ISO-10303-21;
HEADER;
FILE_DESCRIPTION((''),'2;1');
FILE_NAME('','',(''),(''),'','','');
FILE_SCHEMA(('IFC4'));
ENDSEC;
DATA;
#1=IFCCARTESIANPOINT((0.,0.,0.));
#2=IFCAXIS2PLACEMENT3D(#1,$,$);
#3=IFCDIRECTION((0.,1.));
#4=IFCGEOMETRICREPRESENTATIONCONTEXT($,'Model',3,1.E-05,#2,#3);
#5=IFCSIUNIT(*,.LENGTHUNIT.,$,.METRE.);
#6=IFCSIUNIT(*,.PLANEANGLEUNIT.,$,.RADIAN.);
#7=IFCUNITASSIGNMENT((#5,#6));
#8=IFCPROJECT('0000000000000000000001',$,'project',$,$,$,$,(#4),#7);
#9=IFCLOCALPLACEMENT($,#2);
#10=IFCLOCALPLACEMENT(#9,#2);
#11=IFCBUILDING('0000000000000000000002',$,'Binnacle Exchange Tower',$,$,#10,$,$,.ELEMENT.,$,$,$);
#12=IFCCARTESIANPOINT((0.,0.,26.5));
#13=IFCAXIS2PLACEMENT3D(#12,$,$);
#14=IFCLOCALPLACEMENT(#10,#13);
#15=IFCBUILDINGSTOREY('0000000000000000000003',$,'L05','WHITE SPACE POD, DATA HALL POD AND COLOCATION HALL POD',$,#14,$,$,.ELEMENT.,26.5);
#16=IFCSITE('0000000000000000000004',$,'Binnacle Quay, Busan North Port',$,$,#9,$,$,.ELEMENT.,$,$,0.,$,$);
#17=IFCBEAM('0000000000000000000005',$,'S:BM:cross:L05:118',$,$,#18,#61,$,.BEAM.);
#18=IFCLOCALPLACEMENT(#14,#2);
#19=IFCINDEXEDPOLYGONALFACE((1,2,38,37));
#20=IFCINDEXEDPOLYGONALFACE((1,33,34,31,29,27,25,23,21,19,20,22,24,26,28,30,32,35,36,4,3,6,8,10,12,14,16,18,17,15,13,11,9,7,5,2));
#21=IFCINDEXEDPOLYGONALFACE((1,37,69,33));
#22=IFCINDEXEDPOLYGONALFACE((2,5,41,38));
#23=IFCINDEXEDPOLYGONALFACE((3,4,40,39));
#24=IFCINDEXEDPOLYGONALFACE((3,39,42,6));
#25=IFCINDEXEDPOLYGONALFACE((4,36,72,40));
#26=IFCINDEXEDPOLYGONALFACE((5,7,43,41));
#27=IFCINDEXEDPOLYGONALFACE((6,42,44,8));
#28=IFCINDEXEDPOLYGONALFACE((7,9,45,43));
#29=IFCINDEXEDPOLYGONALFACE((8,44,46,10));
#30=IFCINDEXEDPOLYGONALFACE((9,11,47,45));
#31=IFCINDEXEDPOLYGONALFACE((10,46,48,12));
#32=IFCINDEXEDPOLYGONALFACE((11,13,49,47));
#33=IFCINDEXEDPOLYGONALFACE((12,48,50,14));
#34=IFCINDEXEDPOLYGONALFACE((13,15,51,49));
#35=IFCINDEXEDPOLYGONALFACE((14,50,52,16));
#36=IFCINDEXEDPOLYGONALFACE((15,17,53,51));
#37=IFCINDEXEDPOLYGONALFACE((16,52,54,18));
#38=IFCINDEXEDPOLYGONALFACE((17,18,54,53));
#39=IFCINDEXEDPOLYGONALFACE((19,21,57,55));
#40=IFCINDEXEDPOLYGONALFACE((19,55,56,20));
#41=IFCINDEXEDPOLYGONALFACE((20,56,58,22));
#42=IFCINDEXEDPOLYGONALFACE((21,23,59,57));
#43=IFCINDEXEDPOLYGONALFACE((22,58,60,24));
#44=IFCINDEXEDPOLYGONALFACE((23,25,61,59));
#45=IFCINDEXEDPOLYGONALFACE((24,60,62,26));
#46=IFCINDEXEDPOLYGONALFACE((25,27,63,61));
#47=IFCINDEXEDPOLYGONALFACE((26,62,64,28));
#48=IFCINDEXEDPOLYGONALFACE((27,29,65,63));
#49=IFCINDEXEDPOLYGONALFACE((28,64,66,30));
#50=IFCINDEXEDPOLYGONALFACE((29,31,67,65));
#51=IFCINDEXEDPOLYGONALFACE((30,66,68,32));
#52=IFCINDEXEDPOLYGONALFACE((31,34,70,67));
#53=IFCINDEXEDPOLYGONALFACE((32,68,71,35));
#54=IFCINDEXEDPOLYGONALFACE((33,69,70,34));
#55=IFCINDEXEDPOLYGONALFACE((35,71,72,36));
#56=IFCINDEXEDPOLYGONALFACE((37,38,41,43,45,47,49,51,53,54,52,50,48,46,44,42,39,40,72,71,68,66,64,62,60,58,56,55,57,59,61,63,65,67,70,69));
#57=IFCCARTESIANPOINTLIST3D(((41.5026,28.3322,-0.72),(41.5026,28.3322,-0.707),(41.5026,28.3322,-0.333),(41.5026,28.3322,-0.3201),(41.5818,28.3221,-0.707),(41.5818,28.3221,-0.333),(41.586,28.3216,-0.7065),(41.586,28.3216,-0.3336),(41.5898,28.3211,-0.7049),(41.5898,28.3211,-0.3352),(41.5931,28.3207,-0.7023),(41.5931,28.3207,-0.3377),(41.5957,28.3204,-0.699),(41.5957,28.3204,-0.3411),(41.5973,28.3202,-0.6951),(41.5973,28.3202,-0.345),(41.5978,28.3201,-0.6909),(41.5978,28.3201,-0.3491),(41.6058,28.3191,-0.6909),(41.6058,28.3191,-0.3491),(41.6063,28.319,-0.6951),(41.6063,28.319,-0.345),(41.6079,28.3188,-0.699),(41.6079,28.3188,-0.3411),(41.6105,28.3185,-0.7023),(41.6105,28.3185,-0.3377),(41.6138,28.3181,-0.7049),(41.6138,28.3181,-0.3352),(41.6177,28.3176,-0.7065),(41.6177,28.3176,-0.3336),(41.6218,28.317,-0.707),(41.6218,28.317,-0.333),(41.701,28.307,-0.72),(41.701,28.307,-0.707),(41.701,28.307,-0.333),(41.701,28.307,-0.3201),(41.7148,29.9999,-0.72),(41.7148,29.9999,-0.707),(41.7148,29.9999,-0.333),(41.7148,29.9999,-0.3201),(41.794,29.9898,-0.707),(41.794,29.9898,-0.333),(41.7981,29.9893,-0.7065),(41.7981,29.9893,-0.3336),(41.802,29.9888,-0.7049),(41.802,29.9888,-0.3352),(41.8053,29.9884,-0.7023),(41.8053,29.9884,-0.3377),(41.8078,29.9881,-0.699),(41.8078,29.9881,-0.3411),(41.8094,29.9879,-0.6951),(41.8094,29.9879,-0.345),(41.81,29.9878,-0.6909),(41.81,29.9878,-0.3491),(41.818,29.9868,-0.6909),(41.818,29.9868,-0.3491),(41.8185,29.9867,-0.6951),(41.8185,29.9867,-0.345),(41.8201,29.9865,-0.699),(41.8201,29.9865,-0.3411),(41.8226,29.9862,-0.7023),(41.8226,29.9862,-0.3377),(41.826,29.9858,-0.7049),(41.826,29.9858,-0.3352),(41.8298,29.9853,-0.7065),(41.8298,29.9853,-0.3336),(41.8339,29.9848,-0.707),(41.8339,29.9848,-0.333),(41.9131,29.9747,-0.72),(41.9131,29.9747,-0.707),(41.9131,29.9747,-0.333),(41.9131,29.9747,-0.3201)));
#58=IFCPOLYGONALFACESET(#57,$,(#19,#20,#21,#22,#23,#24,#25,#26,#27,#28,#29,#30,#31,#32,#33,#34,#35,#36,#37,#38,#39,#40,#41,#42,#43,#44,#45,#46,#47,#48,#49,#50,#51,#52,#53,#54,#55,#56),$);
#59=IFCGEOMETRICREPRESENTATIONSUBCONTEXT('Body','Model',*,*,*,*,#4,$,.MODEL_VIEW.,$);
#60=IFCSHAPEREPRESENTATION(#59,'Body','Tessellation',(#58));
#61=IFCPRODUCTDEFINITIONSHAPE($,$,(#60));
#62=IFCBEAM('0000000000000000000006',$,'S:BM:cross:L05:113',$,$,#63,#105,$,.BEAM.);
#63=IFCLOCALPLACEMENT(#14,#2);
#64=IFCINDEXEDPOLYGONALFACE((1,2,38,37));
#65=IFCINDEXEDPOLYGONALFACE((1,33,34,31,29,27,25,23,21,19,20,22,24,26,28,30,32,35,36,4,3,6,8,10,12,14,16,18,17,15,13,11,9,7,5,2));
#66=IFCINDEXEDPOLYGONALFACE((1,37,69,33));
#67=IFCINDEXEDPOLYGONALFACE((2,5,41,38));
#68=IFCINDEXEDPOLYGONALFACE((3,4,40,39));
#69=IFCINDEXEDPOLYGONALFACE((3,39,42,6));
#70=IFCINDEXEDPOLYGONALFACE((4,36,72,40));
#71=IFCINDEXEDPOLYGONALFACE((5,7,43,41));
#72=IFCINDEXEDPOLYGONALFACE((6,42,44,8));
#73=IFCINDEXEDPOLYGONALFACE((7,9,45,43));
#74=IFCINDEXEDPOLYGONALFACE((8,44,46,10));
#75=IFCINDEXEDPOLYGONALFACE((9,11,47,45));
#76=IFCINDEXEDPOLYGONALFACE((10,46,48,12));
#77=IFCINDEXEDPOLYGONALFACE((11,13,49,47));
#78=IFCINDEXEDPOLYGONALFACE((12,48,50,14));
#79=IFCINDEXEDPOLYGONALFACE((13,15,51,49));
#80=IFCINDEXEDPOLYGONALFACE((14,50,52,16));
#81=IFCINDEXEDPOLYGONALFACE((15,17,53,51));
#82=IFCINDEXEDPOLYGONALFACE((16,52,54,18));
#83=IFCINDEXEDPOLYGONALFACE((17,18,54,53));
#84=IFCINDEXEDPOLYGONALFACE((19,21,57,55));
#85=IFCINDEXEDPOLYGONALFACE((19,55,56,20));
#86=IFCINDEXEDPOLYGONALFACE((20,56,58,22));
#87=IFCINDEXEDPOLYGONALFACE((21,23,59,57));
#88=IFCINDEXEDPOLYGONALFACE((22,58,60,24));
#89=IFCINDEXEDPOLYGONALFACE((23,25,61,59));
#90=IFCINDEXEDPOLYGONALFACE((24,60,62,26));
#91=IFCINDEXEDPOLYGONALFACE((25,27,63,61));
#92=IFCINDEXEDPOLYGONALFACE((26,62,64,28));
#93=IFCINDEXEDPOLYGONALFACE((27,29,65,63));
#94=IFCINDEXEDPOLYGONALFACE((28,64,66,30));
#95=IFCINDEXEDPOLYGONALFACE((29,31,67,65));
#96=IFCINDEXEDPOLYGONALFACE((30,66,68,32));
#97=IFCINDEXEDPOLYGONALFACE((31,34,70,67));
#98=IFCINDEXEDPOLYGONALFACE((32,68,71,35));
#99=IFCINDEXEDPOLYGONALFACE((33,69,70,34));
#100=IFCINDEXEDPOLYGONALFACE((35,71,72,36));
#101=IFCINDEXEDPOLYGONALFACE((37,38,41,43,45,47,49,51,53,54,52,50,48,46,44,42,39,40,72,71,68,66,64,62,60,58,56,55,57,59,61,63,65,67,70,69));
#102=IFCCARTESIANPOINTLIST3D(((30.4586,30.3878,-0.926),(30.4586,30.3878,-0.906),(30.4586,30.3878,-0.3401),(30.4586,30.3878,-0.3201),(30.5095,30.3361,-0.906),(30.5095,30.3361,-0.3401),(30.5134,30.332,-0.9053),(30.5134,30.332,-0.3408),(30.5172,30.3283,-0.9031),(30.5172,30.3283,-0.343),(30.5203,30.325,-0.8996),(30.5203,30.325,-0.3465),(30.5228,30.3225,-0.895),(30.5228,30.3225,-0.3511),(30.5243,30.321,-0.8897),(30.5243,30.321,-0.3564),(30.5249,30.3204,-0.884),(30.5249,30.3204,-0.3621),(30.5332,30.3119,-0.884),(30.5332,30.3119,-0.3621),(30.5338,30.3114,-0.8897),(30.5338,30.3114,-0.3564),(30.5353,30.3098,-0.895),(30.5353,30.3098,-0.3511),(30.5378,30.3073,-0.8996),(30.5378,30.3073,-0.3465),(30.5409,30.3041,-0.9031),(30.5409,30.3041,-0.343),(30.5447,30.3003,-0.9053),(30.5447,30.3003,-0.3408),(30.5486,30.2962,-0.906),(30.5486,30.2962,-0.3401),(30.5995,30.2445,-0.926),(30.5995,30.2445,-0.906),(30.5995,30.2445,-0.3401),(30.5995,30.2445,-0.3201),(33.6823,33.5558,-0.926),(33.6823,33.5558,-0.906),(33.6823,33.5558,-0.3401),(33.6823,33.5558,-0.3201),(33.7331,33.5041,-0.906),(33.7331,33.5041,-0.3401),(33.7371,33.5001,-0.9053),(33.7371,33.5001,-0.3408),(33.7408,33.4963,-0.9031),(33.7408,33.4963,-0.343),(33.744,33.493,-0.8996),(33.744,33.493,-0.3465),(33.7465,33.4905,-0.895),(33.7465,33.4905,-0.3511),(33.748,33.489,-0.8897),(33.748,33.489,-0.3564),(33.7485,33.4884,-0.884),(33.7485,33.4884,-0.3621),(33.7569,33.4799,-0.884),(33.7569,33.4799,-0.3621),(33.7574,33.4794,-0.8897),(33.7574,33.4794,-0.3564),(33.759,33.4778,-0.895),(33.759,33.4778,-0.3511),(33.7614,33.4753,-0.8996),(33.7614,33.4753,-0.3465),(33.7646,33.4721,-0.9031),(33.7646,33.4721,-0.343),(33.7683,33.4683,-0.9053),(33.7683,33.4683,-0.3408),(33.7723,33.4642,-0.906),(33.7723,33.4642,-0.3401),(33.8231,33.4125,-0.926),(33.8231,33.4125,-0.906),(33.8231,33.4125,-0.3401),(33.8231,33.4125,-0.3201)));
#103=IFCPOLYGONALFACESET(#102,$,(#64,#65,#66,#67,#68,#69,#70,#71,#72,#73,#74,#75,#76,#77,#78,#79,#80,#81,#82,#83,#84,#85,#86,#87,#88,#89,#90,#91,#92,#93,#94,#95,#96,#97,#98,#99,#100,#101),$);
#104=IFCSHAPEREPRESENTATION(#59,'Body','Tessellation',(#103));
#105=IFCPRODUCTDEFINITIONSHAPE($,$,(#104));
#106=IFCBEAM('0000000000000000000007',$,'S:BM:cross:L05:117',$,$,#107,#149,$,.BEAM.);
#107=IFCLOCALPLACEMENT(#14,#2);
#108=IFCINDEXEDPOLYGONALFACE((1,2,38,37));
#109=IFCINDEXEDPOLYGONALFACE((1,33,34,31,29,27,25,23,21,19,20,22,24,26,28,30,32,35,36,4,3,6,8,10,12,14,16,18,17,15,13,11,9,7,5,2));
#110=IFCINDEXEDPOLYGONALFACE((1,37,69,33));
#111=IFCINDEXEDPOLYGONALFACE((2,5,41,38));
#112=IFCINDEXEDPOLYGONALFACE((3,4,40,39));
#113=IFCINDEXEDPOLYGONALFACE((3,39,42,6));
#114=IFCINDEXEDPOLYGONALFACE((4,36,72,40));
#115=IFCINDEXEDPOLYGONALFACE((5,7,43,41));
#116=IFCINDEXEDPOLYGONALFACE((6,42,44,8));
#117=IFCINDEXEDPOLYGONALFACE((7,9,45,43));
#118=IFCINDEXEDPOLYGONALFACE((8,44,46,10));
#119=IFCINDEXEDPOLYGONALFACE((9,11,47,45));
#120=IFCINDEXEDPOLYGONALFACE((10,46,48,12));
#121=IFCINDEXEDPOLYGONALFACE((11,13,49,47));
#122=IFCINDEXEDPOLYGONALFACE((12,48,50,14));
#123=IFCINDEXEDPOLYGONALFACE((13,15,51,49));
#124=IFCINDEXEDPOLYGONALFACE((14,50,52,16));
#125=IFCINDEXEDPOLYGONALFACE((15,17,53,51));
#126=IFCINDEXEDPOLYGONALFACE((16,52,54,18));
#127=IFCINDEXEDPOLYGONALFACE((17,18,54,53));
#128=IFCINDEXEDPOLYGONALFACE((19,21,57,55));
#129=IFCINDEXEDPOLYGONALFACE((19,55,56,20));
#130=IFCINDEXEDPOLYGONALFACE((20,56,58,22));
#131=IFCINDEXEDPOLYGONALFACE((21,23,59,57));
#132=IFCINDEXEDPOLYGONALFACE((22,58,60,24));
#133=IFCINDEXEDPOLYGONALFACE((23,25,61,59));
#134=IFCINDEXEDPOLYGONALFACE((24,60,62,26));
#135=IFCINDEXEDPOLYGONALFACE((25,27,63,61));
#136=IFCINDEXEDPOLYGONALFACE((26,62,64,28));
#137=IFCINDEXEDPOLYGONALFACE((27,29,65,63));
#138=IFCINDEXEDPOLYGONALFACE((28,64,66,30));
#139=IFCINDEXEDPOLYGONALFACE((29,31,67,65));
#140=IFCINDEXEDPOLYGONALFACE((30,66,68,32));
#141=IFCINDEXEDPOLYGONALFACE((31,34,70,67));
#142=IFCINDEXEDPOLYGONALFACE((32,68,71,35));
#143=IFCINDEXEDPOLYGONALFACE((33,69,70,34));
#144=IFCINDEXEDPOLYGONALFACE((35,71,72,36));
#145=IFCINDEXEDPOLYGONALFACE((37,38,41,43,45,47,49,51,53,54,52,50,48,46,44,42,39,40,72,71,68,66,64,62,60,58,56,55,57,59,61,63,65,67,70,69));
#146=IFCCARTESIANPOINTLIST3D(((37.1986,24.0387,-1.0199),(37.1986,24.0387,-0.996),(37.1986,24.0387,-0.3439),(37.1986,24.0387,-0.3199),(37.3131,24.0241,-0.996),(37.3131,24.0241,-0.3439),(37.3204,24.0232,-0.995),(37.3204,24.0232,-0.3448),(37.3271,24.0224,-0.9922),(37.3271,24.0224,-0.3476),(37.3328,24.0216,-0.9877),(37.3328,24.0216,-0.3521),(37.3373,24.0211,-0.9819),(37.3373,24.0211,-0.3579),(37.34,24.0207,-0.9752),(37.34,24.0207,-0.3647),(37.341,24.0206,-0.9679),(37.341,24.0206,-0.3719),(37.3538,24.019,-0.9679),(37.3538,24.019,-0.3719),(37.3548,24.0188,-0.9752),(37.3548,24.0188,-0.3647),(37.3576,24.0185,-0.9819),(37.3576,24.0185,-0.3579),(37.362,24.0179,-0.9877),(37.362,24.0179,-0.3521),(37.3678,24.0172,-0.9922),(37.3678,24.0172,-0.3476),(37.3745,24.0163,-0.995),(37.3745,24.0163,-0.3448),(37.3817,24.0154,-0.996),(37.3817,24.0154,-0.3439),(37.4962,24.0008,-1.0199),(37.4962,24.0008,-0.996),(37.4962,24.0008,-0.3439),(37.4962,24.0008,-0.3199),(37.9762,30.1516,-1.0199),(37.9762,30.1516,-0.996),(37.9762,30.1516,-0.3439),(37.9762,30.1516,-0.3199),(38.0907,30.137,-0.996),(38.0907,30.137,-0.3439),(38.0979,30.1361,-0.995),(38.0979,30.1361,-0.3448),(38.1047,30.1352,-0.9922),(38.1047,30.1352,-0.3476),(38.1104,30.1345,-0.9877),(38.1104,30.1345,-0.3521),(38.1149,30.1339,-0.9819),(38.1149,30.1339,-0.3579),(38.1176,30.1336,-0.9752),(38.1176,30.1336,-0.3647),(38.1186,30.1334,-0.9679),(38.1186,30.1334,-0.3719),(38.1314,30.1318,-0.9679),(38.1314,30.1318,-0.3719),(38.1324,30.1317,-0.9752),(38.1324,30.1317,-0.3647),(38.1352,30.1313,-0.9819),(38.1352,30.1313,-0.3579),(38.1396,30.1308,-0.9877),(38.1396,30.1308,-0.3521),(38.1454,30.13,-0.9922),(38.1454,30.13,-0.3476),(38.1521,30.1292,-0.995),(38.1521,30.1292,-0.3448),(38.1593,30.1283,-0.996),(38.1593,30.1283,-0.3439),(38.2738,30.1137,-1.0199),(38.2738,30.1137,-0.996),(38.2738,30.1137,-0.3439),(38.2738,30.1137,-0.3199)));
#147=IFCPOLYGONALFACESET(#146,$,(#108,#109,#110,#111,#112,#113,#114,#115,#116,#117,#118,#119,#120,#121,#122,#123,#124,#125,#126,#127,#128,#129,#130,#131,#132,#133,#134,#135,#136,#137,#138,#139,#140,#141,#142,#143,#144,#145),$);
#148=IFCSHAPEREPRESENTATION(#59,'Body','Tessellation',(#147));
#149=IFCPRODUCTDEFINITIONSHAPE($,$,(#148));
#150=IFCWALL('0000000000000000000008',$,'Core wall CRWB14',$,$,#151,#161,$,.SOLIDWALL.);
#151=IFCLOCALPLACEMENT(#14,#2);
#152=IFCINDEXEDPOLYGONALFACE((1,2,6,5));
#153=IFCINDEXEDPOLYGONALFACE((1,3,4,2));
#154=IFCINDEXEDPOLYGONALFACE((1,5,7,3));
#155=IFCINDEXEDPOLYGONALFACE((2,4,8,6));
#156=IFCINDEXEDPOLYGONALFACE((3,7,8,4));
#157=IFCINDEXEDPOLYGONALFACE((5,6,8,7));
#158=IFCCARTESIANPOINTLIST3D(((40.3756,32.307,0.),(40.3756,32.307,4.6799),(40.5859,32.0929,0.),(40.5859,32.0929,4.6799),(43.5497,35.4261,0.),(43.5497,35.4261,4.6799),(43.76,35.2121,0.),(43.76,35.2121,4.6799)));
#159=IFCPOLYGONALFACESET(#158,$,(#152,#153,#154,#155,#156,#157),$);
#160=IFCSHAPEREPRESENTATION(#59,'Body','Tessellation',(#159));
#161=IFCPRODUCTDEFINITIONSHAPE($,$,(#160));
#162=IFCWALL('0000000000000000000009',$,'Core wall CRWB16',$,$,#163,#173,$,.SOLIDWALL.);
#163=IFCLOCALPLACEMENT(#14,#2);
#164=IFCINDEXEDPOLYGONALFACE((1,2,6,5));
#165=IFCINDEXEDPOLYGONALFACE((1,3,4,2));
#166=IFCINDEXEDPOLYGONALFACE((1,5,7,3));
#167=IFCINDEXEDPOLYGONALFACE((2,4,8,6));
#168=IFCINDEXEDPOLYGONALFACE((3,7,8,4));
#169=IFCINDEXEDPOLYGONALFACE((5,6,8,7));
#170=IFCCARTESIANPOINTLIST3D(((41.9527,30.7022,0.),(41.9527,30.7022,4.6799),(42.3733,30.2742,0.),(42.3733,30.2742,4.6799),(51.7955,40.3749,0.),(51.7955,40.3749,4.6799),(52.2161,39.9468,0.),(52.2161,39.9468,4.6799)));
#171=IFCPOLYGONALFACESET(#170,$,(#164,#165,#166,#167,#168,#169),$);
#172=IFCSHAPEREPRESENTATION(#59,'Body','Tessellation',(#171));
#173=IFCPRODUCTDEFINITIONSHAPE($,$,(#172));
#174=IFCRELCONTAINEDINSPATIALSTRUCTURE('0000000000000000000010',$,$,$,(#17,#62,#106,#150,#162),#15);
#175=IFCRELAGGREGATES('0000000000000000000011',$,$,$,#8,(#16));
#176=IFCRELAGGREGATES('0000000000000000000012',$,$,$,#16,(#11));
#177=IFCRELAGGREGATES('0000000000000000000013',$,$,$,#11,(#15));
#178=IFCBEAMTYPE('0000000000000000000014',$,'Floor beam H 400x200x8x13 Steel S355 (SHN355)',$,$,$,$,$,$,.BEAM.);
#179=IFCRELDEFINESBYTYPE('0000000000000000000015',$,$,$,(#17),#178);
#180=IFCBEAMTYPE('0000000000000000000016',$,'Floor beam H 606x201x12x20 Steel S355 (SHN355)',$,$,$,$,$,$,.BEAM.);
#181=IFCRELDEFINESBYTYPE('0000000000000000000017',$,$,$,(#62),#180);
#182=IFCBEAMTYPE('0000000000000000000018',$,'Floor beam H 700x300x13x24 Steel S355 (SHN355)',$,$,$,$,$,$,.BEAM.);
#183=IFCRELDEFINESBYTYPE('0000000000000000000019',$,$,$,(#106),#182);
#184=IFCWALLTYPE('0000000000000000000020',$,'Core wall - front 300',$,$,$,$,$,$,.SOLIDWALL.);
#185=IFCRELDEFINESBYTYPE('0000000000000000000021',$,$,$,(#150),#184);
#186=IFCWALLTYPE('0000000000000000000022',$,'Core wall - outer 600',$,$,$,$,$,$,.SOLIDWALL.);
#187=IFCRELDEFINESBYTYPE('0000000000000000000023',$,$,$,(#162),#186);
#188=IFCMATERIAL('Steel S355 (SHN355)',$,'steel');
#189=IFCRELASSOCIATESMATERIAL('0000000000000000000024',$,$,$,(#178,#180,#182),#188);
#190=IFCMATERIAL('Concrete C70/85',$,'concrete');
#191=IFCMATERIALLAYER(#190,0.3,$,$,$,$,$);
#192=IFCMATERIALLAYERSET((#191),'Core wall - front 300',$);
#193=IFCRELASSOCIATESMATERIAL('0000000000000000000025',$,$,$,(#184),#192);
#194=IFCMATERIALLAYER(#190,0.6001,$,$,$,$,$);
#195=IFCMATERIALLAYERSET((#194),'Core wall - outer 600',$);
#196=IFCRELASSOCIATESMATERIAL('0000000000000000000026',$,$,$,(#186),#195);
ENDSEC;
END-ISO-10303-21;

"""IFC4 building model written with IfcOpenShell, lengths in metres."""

from ifc_helpers import new_model, si_unit, direction, frame, frame_2d, origin, origin_2d, place, context, subcontext, project, spatial, rectangle, i_section, extrude, material, layer, layer_set, material_profile, profile_set, type_object, element, save


model = new_model("IFC4")

# Units and contexts
model_context = context("Model", 3, precision=1e-05, world=origin(), true_north=direction((0.0, 1.0)))
body_context = subcontext(model_context, "Body", "Model", "MODEL_VIEW")
ifc_project = project(units=[si_unit("LENGTHUNIT", "METRE"), si_unit("PLANEANGLEUNIT", "RADIAN")], contexts=[model_context])

# Site, building, storey
site_placement = place(None, origin())
site = spatial("IfcSite", under=ifc_project, at=site_placement, Name="Binnacle Quay, Busan North Port", CompositionType="ELEMENT", RefElevation=0.0)
building_placement = place(site_placement, origin())
building = spatial("IfcBuilding", under=site, at=building_placement, Name="Binnacle Exchange Tower", CompositionType="ELEMENT")
storey_placement = place(building_placement, frame((0.0, 0.0, 26.5)))
storey = spatial("IfcBuildingStorey", under=building, at=storey_placement, Name="L05", Description="WHITE SPACE POD, DATA HALL POD AND COLOCATION HALL POD", CompositionType="ELEMENT", Elevation=26.5)

# Shared definitions
ifc_material_1 = material(Name="Concrete C70/85", Category="concrete")

# Beams
ifc_material_2 = material(Name="Steel S355 (SHN355)", Category="steel")
ifc_material_profile_1 = material_profile(ifc_material_2, i_section(OverallWidth=0.2, OverallDepth=0.3999, WebThickness=0.0081, FlangeThickness=0.0129, FilletRadius=0.0161, at=origin_2d()), Name="H 400x200x8x13")
ifc_profile_set_1 = profile_set([ifc_material_profile_1], Name="Steel S355 (SHN355)")
beam_type_1 = type_object("IfcBeamType", Name="Floor beam H 400x200x8x13 Steel S355 (SHN355)", PredefinedType="BEAM", material=ifc_profile_set_1)
beam_1_placement = place(storey_placement, frame((41.6018, 28.3196, -0.52), z_axis=(0.126197, 0.992005, 0.0), x_axis=(-0.992005, 0.126197, 0.0)))
element("IfcBeam", 1, at=beam_1_placement, inside=storey, type_object=beam_type_1, Name="S:BM:cross:L05:118", PredefinedType="BEAM", context=body_context, shape_type="SweptSolid", body=[
    extrude(i_section(OverallWidth=0.2, OverallDepth=0.3999, WebThickness=0.0081, FlangeThickness=0.0129, FilletRadius=0.0161, at=origin_2d()), origin(), (0.0, 0.0, 1.0), 1.6812),
])
ifc_material_profile_2 = material_profile(ifc_material_2, i_section(OverallWidth=0.2009, OverallDepth=0.606, WebThickness=0.012, FlangeThickness=0.02, FilletRadius=0.022, at=origin_2d()), Name="H 606x201x12x20")
ifc_profile_set_2 = profile_set([ifc_material_profile_2], Name="Steel S355 (SHN355)")
beam_type_2 = type_object("IfcBeamType", Name="Floor beam H 606x201x12x20 Steel S355 (SHN355)", PredefinedType="BEAM", material=ifc_profile_set_2)
beam_2_placement = place(storey_placement, frame((30.5291, 30.3162, -0.623), z_axis=(0.713238, 0.700922, 0.0), x_axis=(-0.700922, 0.713238, 0.0)))
element("IfcBeam", 2, at=beam_2_placement, inside=storey, type_object=beam_type_2, Name="S:BM:cross:L05:113", PredefinedType="BEAM", context=body_context, shape_type="SweptSolid", body=[
    extrude(i_section(OverallWidth=0.2009, OverallDepth=0.606, WebThickness=0.012, FlangeThickness=0.02, FilletRadius=0.022, at=origin_2d()), origin(), (0.0, 0.0, 1.0), 4.5198),
])
ifc_material_profile_3 = material_profile(ifc_material_2, i_section(OverallWidth=0.3, OverallDepth=0.7, WebThickness=0.0129, FlangeThickness=0.0239, FilletRadius=0.0281, at=origin_2d()), Name="H 700x300x13x24")
ifc_profile_set_3 = profile_set([ifc_material_profile_3], Name="Steel S355 (SHN355)")
beam_type_3 = type_object("IfcBeamType", Name="Floor beam H 700x300x13x24 Steel S355 (SHN355)", PredefinedType="BEAM", material=ifc_profile_set_3)
beam_3_placement = place(storey_placement, frame((37.3474, 24.0198, -0.6699), z_axis=(0.12619, 0.992006, 0.0), x_axis=(-0.992006, 0.12619, 0.0)))
element("IfcBeam", 3, at=beam_3_placement, inside=storey, type_object=beam_type_3, Name="S:BM:cross:L05:117", PredefinedType="BEAM", context=body_context, shape_type="SweptSolid", body=[
    extrude(i_section(OverallWidth=0.3, OverallDepth=0.7, WebThickness=0.0129, FlangeThickness=0.0239, FilletRadius=0.0281, at=origin_2d()), origin(), (0.0, 0.0, 1.0), 6.1621),
])

# Walls
ifc_layer_1 = layer(ifc_material_1, 0.3)
ifc_layer_set_1 = layer_set([ifc_layer_1], Name="Core wall - front 300")
wall_type_1 = type_object("IfcWallType", Name="Core wall - front 300", PredefinedType="SOLIDWALL", material=ifc_layer_set_1)
wall_1_placement = place(storey_placement, frame((40.4807, 32.2, 0.0), z_axis=(0.0, 0.0, 1.0), x_axis=(0.713252, 0.700908, 0.0)))
element("IfcWall", 4, at=wall_1_placement, inside=storey, type_object=wall_type_1, Name="Core wall CRWB14", PredefinedType="SOLIDWALL", context=body_context, shape_type="SweptSolid", body=[
    extrude(rectangle(XDim=4.4502, YDim=0.3, at=frame_2d((2.2251, 0.0))), origin(), (0.0, 0.0, 1.0), 4.6799),
])
ifc_layer_2 = layer(ifc_material_1, 0.6001)
ifc_layer_set_2 = layer_set([ifc_layer_2], Name="Core wall - outer 600")
wall_type_2 = type_object("IfcWallType", Name="Core wall - outer 600", PredefinedType="SOLIDWALL", material=ifc_layer_set_2)
wall_2_placement = place(storey_placement, frame((42.1631, 30.4883, 0.0), z_axis=(0.0, 0.0, 1.0), x_axis=(0.713245, 0.700914, 0.0)))
element("IfcWall", 5, at=wall_2_placement, inside=storey, type_object=wall_type_2, Name="Core wall CRWB16", PredefinedType="SOLIDWALL", context=body_context, shape_type="SweptSolid", body=[
    extrude(rectangle(XDim=13.8, YDim=0.6001, at=frame_2d((6.8999, 0.0))), origin(), (0.0, 0.0, 1.0), 4.6799),
])

save(model, "model.ifc")
